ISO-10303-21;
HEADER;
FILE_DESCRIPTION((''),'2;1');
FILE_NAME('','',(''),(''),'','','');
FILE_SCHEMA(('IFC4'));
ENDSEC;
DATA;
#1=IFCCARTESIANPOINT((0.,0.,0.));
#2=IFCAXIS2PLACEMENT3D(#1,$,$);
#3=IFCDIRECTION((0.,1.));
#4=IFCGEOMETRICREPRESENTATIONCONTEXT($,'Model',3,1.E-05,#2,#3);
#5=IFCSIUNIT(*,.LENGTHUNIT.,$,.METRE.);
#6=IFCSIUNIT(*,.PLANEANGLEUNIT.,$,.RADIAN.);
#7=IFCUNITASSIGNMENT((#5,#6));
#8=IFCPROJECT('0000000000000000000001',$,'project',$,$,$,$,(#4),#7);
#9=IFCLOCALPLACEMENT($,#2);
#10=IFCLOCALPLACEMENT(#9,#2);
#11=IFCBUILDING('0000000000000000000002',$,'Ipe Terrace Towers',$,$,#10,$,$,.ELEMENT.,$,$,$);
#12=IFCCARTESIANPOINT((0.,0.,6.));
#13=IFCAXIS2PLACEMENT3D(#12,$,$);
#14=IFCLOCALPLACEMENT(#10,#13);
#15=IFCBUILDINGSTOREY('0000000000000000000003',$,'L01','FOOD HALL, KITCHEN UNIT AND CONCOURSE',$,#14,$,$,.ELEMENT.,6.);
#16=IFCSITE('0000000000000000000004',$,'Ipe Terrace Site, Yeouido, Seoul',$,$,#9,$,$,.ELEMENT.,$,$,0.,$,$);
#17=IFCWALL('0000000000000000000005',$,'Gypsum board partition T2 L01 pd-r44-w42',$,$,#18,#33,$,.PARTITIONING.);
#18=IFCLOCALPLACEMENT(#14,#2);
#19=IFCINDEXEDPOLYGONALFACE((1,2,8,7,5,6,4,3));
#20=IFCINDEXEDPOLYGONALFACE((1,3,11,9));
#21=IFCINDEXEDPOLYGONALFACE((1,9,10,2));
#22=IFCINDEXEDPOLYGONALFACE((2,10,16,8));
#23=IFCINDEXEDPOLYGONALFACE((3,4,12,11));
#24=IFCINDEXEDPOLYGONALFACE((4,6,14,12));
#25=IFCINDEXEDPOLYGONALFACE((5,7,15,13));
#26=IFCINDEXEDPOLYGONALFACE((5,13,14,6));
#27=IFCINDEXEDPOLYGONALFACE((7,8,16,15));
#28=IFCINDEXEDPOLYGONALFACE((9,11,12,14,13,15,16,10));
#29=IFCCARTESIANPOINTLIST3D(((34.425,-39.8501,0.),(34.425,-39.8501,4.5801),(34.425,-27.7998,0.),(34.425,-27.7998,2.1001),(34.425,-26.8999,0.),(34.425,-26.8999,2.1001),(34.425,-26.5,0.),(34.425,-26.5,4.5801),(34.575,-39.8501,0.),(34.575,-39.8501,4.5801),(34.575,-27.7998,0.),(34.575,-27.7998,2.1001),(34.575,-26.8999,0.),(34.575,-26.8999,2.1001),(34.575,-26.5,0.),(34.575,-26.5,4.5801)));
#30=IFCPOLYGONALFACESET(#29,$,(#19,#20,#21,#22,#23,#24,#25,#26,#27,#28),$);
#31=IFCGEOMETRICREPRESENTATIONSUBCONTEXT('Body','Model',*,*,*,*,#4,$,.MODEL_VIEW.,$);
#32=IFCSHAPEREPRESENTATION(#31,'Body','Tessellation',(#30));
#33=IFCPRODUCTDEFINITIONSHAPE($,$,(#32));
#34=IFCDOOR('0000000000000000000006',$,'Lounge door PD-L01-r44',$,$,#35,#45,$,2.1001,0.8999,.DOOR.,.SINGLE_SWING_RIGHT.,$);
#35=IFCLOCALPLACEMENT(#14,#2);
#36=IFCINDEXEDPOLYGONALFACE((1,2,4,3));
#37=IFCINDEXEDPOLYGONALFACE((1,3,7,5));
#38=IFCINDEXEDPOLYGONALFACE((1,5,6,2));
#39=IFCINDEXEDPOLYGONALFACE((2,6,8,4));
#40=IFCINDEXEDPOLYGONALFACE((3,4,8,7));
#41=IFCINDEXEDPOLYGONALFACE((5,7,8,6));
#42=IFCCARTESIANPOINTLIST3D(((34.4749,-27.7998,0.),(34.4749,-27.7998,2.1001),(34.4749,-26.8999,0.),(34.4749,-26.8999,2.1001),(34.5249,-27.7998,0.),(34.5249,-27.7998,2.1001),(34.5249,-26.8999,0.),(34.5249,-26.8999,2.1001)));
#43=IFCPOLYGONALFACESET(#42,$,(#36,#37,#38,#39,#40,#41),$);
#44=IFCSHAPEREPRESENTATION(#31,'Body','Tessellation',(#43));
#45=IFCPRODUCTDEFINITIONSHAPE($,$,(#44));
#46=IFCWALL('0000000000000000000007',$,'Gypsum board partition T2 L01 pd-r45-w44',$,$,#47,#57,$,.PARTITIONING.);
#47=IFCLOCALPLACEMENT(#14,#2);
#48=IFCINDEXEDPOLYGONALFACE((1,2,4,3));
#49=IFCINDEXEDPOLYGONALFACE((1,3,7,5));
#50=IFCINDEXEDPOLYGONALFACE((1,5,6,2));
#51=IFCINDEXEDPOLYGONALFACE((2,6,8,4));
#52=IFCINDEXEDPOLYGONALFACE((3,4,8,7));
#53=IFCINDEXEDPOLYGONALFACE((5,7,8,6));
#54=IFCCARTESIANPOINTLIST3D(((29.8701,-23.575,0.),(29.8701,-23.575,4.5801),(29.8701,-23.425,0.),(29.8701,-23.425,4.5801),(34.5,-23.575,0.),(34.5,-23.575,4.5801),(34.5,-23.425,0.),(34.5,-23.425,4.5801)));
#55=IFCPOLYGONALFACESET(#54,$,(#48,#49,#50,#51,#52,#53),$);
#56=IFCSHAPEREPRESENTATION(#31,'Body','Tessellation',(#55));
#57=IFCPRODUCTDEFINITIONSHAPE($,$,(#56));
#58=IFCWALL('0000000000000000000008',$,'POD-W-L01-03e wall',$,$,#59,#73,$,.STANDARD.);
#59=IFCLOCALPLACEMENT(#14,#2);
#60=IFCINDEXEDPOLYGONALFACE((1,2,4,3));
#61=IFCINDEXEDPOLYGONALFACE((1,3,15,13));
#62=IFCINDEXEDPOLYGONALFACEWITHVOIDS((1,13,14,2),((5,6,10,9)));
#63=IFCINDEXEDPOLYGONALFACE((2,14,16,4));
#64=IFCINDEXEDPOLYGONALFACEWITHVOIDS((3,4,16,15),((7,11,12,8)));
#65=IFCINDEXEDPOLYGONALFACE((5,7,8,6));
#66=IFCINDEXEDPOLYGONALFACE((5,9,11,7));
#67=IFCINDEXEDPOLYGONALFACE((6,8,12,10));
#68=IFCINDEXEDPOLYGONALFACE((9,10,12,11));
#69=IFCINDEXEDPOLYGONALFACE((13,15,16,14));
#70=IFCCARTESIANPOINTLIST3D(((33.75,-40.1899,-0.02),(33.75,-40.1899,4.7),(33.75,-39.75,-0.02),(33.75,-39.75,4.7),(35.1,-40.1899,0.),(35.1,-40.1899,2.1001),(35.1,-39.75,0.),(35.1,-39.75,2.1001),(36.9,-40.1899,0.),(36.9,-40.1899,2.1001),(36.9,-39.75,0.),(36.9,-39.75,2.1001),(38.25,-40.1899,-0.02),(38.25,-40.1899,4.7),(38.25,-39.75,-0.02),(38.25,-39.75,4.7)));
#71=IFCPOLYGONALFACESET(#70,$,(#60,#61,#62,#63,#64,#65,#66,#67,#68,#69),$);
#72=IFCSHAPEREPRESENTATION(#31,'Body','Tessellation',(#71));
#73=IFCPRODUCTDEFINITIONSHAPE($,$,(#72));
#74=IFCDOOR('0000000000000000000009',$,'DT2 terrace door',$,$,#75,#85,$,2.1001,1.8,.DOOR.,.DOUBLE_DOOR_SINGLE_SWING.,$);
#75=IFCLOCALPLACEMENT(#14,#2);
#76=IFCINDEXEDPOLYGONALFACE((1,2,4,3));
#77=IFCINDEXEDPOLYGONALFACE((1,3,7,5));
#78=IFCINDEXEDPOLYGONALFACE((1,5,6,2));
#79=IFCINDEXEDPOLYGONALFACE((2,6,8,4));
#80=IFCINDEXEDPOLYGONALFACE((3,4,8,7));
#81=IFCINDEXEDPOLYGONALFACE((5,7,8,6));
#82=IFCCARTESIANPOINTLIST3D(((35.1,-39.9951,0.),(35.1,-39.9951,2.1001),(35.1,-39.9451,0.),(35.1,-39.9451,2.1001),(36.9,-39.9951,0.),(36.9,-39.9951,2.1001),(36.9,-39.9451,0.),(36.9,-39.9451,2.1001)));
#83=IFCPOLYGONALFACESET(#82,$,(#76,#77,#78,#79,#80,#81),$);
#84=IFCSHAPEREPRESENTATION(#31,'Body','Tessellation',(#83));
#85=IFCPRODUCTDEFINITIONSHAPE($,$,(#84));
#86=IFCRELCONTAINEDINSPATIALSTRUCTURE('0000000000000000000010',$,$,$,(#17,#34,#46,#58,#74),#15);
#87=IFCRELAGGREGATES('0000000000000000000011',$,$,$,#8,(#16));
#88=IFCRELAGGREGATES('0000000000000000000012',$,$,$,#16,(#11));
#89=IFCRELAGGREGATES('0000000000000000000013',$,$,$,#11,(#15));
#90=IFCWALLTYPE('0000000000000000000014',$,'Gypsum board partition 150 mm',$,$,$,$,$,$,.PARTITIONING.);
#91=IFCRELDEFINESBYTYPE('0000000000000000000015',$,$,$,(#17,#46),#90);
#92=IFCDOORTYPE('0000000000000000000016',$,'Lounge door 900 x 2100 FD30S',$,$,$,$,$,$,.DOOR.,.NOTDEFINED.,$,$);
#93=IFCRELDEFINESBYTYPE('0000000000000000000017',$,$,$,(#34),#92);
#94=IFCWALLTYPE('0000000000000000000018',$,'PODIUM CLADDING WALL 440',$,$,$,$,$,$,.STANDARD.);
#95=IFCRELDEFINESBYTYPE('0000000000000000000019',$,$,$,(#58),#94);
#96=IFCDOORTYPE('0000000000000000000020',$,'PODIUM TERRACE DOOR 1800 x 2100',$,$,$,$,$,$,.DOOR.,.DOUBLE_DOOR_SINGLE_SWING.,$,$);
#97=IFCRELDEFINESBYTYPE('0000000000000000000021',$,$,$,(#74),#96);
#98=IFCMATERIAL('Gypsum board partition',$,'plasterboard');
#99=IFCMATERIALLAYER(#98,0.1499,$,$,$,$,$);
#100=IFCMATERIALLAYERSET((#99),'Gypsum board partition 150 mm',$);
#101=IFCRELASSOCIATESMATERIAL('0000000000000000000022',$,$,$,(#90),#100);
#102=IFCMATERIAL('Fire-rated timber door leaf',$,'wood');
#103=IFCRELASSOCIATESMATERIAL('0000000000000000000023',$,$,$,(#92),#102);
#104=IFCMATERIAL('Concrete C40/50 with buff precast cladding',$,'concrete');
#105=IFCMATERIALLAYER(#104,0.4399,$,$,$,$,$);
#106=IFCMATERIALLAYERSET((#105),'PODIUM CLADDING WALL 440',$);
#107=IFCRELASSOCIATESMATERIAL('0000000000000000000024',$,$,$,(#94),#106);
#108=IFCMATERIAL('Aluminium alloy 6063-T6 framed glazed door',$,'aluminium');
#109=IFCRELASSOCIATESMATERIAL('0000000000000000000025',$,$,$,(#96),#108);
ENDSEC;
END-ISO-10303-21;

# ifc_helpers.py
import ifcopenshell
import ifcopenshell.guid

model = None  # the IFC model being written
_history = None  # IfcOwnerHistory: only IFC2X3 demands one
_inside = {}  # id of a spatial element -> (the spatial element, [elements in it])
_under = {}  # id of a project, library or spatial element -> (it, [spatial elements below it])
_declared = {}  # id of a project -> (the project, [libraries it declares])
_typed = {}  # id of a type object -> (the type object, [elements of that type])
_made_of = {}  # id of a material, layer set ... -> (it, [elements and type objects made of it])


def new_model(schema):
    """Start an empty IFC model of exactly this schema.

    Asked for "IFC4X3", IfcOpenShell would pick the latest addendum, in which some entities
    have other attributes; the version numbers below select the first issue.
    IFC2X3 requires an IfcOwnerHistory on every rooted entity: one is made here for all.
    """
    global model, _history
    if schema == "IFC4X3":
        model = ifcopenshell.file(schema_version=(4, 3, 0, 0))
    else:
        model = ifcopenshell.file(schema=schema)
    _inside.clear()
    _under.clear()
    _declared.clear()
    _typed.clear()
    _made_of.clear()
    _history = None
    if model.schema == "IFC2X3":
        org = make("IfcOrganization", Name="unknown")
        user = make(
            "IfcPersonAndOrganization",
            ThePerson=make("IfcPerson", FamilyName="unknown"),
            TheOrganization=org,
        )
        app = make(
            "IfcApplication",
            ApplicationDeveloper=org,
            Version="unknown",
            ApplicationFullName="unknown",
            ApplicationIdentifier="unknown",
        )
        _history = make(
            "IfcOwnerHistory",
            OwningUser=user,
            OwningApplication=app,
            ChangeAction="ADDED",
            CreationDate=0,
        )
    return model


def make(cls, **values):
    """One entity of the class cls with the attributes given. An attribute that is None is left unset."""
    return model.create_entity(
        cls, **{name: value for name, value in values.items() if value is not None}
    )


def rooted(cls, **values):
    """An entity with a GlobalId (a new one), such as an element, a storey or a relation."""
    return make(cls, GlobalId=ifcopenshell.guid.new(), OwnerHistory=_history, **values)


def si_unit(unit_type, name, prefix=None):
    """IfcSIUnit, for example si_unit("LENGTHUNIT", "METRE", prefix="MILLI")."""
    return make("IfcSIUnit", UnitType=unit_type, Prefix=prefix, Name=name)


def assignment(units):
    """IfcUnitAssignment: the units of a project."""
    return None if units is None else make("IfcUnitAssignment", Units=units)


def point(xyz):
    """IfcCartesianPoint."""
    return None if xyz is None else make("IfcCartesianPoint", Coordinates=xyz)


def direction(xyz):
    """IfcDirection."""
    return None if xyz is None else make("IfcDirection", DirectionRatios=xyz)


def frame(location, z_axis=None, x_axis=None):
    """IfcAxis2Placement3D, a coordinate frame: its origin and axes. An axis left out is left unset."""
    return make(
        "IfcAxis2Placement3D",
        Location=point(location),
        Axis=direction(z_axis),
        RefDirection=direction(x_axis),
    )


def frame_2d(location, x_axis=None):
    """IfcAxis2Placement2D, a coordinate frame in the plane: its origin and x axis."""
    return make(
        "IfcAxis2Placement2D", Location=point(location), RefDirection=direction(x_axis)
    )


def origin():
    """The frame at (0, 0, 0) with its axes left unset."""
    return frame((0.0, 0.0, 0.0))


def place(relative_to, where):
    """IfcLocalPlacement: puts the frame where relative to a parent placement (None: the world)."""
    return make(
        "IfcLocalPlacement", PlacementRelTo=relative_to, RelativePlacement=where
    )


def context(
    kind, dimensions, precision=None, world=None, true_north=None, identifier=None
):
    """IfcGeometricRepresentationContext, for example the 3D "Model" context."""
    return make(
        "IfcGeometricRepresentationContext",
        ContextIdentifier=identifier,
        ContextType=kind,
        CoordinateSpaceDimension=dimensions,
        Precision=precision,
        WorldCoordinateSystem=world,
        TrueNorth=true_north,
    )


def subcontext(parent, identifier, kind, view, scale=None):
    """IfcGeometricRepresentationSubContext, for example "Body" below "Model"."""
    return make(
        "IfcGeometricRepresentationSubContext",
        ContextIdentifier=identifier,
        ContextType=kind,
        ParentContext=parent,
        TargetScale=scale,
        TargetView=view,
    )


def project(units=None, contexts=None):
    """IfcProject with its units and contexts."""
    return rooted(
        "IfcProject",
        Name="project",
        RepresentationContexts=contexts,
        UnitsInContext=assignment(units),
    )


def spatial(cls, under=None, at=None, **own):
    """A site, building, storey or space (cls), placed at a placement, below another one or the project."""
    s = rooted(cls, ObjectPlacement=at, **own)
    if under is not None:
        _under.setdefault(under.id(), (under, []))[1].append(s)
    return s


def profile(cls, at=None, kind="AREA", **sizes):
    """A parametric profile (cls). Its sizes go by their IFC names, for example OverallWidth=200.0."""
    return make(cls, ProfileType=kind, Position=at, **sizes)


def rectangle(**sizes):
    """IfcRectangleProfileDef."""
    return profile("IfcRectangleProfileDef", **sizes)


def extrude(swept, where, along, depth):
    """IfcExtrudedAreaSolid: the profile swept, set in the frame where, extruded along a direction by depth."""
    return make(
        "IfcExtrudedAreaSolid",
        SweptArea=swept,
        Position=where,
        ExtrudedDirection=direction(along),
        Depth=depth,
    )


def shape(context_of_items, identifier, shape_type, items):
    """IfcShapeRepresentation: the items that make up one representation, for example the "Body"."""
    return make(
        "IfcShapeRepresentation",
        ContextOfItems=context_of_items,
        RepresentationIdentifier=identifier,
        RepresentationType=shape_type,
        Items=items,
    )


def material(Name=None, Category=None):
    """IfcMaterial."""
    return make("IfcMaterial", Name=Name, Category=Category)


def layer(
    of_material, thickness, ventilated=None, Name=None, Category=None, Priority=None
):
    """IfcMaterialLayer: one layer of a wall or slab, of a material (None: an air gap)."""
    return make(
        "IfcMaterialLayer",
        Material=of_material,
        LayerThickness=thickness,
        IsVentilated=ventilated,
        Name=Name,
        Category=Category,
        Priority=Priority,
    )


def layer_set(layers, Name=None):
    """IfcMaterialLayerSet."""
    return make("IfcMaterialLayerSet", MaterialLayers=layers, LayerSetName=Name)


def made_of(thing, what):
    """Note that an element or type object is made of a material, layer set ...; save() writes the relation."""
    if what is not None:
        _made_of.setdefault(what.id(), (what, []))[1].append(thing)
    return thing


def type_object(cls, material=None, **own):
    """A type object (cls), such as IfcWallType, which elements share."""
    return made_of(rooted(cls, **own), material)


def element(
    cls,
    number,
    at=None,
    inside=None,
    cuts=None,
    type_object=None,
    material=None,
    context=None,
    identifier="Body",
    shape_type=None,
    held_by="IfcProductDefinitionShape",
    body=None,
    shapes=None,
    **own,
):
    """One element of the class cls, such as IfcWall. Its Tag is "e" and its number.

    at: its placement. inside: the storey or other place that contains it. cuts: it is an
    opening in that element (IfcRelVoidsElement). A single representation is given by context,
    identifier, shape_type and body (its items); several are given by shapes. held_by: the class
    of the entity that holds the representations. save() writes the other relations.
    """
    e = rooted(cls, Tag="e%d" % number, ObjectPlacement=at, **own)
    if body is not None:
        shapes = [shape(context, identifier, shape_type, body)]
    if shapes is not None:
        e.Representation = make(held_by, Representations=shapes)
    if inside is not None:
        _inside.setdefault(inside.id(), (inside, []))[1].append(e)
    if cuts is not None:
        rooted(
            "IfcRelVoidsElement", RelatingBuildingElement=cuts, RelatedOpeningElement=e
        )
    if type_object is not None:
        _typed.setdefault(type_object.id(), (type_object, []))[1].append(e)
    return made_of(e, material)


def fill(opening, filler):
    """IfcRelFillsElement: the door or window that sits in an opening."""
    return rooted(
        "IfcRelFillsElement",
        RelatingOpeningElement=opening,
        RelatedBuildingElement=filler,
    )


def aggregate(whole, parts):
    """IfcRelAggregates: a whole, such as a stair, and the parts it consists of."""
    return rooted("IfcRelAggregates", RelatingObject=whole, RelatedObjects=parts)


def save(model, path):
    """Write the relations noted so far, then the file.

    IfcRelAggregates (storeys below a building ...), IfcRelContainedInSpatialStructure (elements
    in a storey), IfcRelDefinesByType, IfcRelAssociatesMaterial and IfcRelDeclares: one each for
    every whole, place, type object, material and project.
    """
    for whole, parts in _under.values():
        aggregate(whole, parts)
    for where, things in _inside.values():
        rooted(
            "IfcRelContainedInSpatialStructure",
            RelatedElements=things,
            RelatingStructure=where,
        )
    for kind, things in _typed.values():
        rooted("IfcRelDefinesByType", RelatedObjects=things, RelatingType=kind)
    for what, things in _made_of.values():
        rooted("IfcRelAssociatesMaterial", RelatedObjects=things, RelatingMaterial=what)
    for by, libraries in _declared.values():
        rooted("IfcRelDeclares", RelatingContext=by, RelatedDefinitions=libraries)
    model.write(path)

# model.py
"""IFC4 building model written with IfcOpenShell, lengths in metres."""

from ifc_helpers import new_model, si_unit, direction, frame, frame_2d, origin, place, context, subcontext, project, spatial, rectangle, extrude, material, layer, layer_set, type_object, element, fill, save


model = new_model("IFC4")

# Units and contexts
model_context = context("Model", 3, precision=1e-05, world=origin(), true_north=direction((0.0, 1.0)))
body_context = subcontext(model_context, "Body", "Model", "MODEL_VIEW")
ifc_project = project(units=[si_unit("LENGTHUNIT", "METRE"), si_unit("PLANEANGLEUNIT", "RADIAN")], contexts=[model_context])

# Site, building, storey
site_placement = place(None, origin())
site = spatial("IfcSite", under=ifc_project, at=site_placement, Name="Ipe Terrace Site, Yeouido, Seoul", CompositionType="ELEMENT", RefElevation=0.0)
building_placement = place(site_placement, origin())
building = spatial("IfcBuilding", under=site, at=building_placement, Name="Ipe Terrace Towers", CompositionType="ELEMENT")
storey_placement = place(building_placement, frame((0.0, 0.0, 6.0)))
storey = spatial("IfcBuildingStorey", under=building, at=storey_placement, Name="L01", Description="FOOD HALL, KITCHEN UNIT AND CONCOURSE", CompositionType="ELEMENT", Elevation=6.0)

# Shared definitions
ifc_material_1 = material(Name="Gypsum board partition", Category="plasterboard")
ifc_layer_1 = layer(ifc_material_1, 0.1499)
ifc_layer_set_1 = layer_set([ifc_layer_1], Name="Gypsum board partition 150 mm")
wall_type_1 = type_object("IfcWallType", Name="Gypsum board partition 150 mm", PredefinedType="PARTITIONING", material=ifc_layer_set_1)

# Wall, opening, door
wall_1_placement = place(storey_placement, frame((34.5, -26.5, 0.0), z_axis=(0.0, 0.0, 1.0), x_axis=(0.0, -1.0, 0.0)))
wall_1 = element("IfcWall", 1, at=wall_1_placement, inside=storey, type_object=wall_type_1, Name="Gypsum board partition T2 L01 pd-r44-w42", PredefinedType="PARTITIONING", context=body_context, shape_type="SweptSolid", body=[
    extrude(rectangle(XDim=13.3501, YDim=0.1499, at=frame_2d((6.675, 0.0))), origin(), (0.0, 0.0, 1.0), 4.5801),
])
opening_1_placement = place(wall_1_placement, frame((0.3999, 0.0, 0.0)))
opening_1 = element("IfcOpeningElement", 2, at=opening_1_placement, cuts=wall_1, PredefinedType="OPENING", context=body_context, shape_type="SweptSolid", body=[
    extrude(rectangle(XDim=0.8999, YDim=2.1001, at=frame_2d((0.45, 1.05))), frame((0.0, 0.085, 0.0), z_axis=(0.0, -1.0, 0.0), x_axis=(1.0, 0.0, 0.0)), (0.0, 0.0, 1.0), 0.1699),
])
ifc_material_2 = material(Name="Fire-rated timber door leaf", Category="wood")
door_type_1 = type_object("IfcDoorType", Name="Lounge door 900 x 2100 FD30S", OperationType="NOTDEFINED", PredefinedType="DOOR", material=ifc_material_2)
door_1_placement = place(opening_1_placement, origin())
door_1 = element("IfcDoor", 3, at=door_1_placement, inside=storey, type_object=door_type_1, Name="Lounge door PD-L01-r44", OperationType="SINGLE_SWING_RIGHT", OverallHeight=2.1001, OverallWidth=0.8999, PredefinedType="DOOR", context=body_context, shape_type="SweptSolid", body=[
    extrude(rectangle(XDim=0.8999, YDim=2.1001, at=frame_2d((0.45, 1.05))), frame((0.0, 0.0249, 0.0), z_axis=(0.0, -1.0, 0.0), x_axis=(1.0, 0.0, 0.0)), (0.0, 0.0, 1.0), 0.05),
])
fill(opening_1, door_1)

# Wall
wall_2_placement = place(storey_placement, frame((34.5, -23.5, 0.0), z_axis=(0.0, 0.0, 1.0), x_axis=(-1.0, 0.0, 0.0)))
element("IfcWall", 4, at=wall_2_placement, inside=storey, type_object=wall_type_1, Name="Gypsum board partition T2 L01 pd-r45-w44", PredefinedType="PARTITIONING", context=body_context, shape_type="SweptSolid", body=[
    extrude(rectangle(XDim=4.6299, YDim=0.1499, at=frame_2d((2.3149, 0.0))), origin(), (0.0, 0.0, 1.0), 4.5801),
])

# Wall, opening, door
ifc_material_3 = material(Name="Concrete C40/50 with buff precast cladding", Category="concrete")
ifc_layer_2 = layer(ifc_material_3, 0.4399)
ifc_layer_set_2 = layer_set([ifc_layer_2], Name="PODIUM CLADDING WALL 440")
wall_type_2 = type_object("IfcWallType", Name="PODIUM CLADDING WALL 440", PredefinedType="STANDARD", material=ifc_layer_set_2)
wall_3_placement = place(storey_placement, frame((33.75, -39.97, -0.02), z_axis=(0.0, 0.0, 1.0), x_axis=(1.0, 0.0, 0.0)))
wall_3 = element("IfcWall", 5, at=wall_3_placement, inside=storey, type_object=wall_type_2, Name="POD-W-L01-03e wall", PredefinedType="STANDARD", context=body_context, shape_type="SweptSolid", body=[
    extrude(rectangle(XDim=4.5, YDim=0.4399, at=frame_2d((2.25, 0.0))), origin(), (0.0, 0.0, 1.0), 4.72),
])
opening_2_placement = place(wall_3_placement, frame((1.3501, 0.0, 0.02)))
opening_2 = element("IfcOpeningElement", 6, at=opening_2_placement, cuts=wall_3, PredefinedType="OPENING", context=body_context, shape_type="SweptSolid", body=[
    extrude(rectangle(XDim=1.8, YDim=2.1001, at=frame_2d((0.8999, 1.05))), frame((0.0, 0.23, 0.0), z_axis=(0.0, -1.0, 0.0), x_axis=(1.0, 0.0, 0.0)), (0.0, 0.0, 1.0), 0.46),
])
ifc_material_4 = material(Name="Aluminium alloy 6063-T6 framed glazed door", Category="aluminium")
door_type_2 = type_object("IfcDoorType", Name="PODIUM TERRACE DOOR 1800 x 2100", OperationType="DOUBLE_DOOR_SINGLE_SWING", PredefinedType="DOOR", material=ifc_material_4)
door_2_placement = place(opening_2_placement, origin())
door_2 = element("IfcDoor", 7, at=door_2_placement, inside=storey, type_object=door_type_2, Name="DT2 terrace door", OperationType="DOUBLE_DOOR_SINGLE_SWING", OverallHeight=2.1001, OverallWidth=1.8, PredefinedType="DOOR", context=body_context, shape_type="SweptSolid", body=[
    extrude(rectangle(XDim=1.8, YDim=2.1001, at=frame_2d((0.8999, 1.05))), frame((0.0, 0.0249, 0.0), z_axis=(0.0, -1.0, 0.0), x_axis=(1.0, 0.0, 0.0)), (0.0, 0.0, 1.0), 0.05),
])
fill(opening_2, door_2)

save(model, "model.ifc")
